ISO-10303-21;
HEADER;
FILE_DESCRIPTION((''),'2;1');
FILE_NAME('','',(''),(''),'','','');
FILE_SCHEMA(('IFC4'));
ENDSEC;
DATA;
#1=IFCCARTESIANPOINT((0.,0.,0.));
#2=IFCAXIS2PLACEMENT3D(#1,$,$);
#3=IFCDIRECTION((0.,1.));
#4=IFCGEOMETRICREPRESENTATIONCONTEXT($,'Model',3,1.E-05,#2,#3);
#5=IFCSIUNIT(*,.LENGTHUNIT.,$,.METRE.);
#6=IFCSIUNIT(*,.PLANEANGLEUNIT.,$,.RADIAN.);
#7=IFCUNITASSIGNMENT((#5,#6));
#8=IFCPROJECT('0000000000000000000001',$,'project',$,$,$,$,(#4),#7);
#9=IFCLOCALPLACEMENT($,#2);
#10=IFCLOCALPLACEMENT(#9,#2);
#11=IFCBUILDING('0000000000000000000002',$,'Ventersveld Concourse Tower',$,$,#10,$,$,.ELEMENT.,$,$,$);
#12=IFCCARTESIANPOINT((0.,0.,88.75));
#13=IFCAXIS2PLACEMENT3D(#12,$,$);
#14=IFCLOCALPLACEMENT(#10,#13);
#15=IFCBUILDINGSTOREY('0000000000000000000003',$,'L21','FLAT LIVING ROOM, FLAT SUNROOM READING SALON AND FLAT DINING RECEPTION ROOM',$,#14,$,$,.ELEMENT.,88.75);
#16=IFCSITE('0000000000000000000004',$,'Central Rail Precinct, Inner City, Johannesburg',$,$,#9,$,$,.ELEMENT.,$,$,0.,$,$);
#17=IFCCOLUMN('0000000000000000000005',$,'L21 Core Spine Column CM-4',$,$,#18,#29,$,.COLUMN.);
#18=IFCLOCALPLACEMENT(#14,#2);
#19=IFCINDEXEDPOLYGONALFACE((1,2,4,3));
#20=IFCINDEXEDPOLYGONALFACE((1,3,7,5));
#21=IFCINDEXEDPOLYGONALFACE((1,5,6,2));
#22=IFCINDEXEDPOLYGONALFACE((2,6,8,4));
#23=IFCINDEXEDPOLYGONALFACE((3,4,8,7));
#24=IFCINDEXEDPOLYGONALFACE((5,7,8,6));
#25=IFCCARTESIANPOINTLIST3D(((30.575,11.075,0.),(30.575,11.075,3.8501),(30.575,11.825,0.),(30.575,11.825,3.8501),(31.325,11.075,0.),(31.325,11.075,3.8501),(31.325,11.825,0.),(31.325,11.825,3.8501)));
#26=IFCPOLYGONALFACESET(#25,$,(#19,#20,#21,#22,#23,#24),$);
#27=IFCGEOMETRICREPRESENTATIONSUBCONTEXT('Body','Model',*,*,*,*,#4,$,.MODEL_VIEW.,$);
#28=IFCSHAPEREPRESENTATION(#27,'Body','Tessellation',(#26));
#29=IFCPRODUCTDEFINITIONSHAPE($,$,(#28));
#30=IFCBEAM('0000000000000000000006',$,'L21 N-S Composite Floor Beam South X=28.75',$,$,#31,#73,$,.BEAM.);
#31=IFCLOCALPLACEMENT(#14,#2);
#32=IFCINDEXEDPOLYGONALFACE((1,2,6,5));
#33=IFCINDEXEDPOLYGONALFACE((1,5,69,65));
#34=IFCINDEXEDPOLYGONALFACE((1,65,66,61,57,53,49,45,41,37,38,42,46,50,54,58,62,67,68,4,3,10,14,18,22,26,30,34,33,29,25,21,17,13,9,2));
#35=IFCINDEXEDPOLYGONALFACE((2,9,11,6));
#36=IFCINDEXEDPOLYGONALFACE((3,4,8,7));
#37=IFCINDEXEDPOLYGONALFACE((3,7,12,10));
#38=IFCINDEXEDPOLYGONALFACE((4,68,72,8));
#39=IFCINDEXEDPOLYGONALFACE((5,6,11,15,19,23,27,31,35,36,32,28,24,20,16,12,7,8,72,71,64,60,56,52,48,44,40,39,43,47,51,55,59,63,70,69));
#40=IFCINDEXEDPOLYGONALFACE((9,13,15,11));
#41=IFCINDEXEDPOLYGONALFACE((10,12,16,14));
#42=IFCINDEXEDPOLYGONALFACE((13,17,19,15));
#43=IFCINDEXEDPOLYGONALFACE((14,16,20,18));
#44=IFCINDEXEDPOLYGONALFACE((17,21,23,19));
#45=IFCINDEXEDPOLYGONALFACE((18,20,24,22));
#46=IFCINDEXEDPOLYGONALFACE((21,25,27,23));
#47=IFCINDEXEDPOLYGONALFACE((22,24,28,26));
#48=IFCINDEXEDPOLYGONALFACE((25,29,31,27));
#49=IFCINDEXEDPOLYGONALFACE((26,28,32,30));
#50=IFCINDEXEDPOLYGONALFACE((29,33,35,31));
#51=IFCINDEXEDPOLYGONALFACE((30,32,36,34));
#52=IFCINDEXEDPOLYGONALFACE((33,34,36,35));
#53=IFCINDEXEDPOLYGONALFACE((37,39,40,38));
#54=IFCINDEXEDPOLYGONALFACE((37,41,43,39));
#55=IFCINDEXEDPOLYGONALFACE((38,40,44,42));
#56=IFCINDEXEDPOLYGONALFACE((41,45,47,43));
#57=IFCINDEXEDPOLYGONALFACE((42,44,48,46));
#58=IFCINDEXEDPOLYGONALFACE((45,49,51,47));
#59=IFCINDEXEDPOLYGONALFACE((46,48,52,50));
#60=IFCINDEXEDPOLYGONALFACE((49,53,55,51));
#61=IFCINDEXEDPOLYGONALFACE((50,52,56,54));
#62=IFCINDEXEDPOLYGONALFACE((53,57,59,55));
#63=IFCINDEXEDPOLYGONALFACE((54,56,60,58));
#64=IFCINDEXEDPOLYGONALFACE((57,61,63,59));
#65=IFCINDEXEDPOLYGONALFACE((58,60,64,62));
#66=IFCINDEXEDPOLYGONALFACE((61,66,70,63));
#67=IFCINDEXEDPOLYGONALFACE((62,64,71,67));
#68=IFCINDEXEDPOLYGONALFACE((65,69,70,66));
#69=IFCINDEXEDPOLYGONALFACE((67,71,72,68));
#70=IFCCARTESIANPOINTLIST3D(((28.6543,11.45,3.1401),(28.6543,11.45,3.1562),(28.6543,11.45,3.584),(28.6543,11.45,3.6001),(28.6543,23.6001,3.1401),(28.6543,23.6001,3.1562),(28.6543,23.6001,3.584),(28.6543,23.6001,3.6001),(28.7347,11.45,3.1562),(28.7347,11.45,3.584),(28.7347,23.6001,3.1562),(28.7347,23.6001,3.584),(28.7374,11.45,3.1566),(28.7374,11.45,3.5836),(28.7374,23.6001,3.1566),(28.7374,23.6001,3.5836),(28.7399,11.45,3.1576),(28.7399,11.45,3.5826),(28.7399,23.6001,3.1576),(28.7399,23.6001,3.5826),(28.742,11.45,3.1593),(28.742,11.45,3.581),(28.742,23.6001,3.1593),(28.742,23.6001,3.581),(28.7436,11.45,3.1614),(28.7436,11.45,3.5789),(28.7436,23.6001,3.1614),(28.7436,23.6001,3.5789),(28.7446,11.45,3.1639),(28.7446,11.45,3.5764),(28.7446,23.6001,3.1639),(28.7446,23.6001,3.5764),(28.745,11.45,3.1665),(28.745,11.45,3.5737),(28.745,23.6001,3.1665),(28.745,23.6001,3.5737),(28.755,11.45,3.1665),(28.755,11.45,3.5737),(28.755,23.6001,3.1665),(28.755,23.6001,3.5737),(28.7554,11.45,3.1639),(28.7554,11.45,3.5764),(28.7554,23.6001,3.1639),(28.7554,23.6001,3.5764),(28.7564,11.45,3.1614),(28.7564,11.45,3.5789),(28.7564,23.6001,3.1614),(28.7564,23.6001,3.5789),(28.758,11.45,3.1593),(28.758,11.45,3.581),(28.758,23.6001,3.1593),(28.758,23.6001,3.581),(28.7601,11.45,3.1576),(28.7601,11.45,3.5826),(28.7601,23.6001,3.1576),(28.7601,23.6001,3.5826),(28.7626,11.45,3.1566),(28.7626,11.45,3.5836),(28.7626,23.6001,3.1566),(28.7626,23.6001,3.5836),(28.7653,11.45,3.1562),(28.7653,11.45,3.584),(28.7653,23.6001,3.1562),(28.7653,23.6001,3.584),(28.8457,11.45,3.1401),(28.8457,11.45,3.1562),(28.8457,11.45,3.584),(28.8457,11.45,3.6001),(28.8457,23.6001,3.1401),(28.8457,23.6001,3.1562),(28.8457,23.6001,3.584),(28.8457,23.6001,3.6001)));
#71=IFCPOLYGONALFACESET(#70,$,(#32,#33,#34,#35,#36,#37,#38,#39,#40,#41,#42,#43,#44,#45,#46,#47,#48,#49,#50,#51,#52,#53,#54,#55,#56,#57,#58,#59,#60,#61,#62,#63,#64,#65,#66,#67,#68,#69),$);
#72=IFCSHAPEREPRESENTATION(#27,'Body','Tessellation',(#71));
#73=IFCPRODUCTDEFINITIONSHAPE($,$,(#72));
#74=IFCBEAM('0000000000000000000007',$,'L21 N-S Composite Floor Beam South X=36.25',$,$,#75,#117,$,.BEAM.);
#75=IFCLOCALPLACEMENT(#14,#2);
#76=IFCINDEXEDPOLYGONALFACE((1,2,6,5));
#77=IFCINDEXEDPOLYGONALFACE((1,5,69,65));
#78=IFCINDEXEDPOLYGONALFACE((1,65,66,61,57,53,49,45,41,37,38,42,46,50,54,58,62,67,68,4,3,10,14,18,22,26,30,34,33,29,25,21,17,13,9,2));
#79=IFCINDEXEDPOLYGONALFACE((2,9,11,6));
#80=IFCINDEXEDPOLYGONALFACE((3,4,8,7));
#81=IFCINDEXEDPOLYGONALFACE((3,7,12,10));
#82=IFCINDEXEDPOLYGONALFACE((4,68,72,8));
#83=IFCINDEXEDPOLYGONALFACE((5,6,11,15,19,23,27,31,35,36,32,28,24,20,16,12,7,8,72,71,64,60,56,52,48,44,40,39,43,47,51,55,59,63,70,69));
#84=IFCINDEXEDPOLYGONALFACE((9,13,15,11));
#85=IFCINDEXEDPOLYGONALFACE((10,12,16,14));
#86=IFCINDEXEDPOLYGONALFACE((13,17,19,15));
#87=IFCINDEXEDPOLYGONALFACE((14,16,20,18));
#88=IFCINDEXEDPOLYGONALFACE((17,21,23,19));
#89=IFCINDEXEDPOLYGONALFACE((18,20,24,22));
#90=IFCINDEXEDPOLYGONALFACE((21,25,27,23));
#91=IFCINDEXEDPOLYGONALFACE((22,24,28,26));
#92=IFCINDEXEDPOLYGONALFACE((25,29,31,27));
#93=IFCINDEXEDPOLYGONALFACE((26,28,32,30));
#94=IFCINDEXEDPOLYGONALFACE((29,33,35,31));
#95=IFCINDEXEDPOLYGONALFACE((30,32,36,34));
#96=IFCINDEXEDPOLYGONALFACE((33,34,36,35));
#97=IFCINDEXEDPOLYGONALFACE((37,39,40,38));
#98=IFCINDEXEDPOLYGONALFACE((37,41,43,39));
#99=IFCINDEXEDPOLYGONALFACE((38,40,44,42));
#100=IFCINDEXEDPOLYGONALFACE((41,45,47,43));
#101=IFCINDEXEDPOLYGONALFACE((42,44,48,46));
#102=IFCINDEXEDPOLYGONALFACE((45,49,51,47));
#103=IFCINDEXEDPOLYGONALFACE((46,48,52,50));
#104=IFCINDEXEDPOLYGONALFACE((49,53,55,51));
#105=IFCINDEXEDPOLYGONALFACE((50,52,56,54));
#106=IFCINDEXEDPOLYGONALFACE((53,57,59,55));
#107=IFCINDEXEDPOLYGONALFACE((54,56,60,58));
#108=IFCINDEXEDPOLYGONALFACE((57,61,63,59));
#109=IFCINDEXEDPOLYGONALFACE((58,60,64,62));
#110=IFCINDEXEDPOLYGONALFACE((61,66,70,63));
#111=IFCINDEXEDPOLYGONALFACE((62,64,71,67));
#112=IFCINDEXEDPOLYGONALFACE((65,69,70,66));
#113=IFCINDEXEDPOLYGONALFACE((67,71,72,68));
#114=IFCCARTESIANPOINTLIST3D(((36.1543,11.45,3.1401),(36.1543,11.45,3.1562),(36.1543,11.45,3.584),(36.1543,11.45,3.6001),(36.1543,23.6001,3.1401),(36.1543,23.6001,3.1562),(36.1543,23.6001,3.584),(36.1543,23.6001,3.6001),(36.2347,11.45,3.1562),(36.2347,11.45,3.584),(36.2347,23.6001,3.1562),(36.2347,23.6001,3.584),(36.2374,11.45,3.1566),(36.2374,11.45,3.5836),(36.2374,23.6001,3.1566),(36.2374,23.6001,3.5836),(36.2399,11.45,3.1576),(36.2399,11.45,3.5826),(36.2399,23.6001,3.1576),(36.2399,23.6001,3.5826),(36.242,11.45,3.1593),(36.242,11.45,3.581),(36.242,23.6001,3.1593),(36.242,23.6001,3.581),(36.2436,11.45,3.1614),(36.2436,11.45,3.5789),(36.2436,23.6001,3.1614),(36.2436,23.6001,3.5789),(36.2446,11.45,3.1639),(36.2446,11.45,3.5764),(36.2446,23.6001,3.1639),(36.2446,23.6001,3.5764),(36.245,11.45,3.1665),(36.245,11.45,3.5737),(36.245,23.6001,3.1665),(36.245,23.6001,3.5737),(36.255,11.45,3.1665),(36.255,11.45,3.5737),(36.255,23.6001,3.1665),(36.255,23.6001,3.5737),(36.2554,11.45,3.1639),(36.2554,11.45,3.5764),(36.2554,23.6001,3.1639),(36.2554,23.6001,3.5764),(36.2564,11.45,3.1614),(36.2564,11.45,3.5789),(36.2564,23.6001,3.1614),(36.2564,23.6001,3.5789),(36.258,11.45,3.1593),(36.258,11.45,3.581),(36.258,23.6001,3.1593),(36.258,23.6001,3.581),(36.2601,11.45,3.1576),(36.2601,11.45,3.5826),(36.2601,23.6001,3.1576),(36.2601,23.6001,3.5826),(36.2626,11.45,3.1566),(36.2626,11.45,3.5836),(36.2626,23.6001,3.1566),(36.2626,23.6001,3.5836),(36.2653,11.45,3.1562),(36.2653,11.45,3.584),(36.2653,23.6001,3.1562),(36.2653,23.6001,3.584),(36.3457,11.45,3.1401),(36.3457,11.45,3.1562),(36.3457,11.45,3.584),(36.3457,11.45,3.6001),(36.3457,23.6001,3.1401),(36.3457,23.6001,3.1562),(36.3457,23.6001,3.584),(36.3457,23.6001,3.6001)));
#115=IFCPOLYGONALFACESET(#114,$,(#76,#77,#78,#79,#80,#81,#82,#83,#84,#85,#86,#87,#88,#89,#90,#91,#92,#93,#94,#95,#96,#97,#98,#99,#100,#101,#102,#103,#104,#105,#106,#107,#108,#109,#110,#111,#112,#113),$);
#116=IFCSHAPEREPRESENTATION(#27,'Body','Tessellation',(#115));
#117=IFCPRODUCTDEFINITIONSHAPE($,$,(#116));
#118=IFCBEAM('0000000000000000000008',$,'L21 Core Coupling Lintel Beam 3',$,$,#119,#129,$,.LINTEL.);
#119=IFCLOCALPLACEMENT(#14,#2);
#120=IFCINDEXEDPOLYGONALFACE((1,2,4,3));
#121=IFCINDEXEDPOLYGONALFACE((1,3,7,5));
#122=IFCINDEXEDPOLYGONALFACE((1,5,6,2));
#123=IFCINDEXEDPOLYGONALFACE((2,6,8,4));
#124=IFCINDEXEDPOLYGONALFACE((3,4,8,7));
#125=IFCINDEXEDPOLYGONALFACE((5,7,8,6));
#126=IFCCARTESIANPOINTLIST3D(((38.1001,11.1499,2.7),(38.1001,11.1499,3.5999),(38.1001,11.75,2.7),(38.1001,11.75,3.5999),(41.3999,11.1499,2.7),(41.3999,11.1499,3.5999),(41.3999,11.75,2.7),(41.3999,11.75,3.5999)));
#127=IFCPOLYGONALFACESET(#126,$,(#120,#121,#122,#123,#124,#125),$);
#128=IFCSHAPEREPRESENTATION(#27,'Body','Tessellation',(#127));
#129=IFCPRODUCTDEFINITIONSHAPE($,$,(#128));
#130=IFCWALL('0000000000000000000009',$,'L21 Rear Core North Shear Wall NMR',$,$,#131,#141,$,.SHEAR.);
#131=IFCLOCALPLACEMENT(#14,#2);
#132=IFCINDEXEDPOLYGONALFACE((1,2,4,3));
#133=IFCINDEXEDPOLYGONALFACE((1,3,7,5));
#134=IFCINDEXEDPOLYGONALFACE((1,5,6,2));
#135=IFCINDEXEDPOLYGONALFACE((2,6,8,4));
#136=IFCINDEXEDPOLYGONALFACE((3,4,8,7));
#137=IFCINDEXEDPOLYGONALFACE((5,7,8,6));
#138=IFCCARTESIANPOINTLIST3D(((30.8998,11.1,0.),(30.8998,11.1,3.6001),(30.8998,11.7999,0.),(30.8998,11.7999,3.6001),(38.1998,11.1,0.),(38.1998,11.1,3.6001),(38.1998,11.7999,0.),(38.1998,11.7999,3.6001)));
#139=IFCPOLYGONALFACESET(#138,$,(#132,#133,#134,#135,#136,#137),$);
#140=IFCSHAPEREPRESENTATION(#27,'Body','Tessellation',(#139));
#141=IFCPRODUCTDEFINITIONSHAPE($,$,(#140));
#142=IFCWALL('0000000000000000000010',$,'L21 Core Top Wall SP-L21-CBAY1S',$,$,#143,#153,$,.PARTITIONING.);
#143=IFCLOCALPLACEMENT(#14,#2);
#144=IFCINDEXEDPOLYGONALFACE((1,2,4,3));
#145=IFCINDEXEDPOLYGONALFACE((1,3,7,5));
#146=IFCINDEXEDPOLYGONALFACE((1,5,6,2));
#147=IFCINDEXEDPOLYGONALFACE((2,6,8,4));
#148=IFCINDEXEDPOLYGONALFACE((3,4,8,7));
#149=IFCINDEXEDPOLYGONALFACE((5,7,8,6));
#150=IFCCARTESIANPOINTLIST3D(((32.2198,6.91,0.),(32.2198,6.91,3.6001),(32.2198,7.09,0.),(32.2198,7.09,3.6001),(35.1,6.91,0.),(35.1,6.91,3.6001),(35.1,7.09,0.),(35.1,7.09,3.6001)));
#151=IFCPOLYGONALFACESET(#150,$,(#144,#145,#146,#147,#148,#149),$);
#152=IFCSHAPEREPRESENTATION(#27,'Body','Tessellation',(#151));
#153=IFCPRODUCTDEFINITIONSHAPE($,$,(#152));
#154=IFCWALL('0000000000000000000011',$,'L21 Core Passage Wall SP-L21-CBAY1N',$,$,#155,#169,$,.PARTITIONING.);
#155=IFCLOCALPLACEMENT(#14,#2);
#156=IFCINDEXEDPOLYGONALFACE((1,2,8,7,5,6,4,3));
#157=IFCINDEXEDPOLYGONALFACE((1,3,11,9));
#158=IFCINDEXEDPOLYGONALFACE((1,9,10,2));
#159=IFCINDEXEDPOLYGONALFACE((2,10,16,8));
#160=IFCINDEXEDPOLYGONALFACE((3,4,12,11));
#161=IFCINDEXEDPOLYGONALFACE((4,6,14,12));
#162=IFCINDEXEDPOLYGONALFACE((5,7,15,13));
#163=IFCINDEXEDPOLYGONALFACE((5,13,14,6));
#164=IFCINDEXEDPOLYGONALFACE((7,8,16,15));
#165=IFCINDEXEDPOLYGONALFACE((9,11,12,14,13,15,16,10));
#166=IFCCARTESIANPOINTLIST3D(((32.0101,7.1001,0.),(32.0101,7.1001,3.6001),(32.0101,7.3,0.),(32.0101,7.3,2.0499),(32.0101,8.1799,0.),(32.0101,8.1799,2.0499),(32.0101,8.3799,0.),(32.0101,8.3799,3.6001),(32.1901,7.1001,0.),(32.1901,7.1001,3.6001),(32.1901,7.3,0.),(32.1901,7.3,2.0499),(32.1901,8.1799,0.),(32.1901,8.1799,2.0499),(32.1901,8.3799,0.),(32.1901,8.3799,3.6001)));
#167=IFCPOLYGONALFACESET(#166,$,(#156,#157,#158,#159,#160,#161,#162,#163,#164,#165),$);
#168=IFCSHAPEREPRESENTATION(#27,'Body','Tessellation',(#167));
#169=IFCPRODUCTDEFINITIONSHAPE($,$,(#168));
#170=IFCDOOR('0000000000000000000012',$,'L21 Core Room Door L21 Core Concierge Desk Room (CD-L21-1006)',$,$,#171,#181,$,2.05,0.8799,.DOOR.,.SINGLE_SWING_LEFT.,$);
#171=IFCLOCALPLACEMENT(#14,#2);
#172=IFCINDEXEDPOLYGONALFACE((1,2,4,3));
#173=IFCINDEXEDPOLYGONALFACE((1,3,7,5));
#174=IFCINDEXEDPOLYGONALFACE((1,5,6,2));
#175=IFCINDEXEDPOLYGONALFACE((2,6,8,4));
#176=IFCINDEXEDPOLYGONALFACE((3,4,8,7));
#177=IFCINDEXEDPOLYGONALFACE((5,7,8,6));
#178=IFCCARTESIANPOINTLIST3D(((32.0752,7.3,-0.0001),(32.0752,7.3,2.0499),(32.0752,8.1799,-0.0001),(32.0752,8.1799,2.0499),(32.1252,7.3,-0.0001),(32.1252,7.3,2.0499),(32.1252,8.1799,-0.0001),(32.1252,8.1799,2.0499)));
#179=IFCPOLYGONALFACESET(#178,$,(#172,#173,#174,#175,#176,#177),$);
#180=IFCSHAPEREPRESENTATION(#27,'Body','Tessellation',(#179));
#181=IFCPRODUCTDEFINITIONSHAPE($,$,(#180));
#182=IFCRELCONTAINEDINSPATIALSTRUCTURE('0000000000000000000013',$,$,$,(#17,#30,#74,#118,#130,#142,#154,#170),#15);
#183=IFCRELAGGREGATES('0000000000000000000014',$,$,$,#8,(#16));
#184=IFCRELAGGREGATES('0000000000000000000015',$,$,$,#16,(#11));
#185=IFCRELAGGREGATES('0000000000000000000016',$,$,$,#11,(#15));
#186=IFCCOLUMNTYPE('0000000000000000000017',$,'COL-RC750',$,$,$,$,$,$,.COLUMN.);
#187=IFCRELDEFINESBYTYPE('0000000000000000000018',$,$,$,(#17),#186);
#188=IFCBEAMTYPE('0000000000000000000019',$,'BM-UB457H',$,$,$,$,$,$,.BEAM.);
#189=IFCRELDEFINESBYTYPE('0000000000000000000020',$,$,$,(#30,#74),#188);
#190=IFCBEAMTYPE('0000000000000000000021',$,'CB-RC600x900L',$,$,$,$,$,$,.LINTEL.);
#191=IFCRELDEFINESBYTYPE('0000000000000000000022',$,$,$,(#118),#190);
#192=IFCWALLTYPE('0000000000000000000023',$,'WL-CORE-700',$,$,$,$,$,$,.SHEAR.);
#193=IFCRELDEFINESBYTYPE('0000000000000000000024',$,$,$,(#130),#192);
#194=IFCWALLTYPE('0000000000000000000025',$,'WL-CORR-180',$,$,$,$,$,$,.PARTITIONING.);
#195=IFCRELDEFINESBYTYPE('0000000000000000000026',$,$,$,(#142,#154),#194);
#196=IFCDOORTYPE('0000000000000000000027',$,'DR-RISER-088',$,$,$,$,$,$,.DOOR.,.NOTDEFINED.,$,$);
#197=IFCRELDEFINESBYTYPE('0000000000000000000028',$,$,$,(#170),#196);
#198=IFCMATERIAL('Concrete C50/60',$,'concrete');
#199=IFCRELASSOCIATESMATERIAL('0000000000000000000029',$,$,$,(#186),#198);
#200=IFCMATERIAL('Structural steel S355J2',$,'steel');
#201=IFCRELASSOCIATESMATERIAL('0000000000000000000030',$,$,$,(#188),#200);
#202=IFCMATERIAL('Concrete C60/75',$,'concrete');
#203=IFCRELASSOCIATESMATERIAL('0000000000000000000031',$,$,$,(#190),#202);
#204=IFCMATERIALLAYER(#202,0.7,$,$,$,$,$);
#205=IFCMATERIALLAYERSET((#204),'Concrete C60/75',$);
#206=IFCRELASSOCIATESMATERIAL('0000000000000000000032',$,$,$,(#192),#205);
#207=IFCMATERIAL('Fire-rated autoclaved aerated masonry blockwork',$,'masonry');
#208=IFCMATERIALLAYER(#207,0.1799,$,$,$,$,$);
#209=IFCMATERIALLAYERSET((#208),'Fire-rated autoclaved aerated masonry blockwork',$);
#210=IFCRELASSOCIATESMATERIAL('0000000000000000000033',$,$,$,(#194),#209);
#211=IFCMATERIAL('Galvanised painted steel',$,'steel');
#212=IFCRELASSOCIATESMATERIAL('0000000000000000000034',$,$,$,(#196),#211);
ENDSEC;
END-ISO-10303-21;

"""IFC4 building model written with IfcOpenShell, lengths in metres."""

from ifc_helpers import new_model, si_unit, direction, frame, frame_2d, origin, origin_2d, place, context, subcontext, project, spatial, rectangle, i_section, extrude, material, layer, layer_set, material_profile, profile_set, type_object, element, fill, save


model = new_model("IFC4")

# Units and contexts
model_context = context("Model", 3, precision=1e-05, world=origin(), true_north=direction((0.0, 1.0)))
body_context = subcontext(model_context, "Body", "Model", "MODEL_VIEW")
ifc_project = project(units=[si_unit("LENGTHUNIT", "METRE"), si_unit("PLANEANGLEUNIT", "RADIAN")], contexts=[model_context])

# Site, building, storey
site_placement = place(None, origin())
site = spatial("IfcSite", under=ifc_project, at=site_placement, Name="Central Rail Precinct, Inner City, Johannesburg", CompositionType="ELEMENT", RefElevation=0.0)
building_placement = place(site_placement, origin())
building = spatial("IfcBuilding", under=site, at=building_placement, Name="Ventersveld Concourse Tower", CompositionType="ELEMENT")
storey_placement = place(building_placement, frame((0.0, 0.0, 88.75)))
storey = spatial("IfcBuildingStorey", under=building, at=storey_placement, Name="L21", Description="FLAT LIVING ROOM, FLAT SUNROOM READING SALON AND FLAT DINING RECEPTION ROOM", CompositionType="ELEMENT", Elevation=88.75)

# Column
ifc_material_1 = material(Name="Concrete C50/60", Category="concrete")
ifc_material_profile_1 = material_profile(ifc_material_1, rectangle(XDim=0.75, YDim=0.75, at=origin_2d()), Name="RC 750x750")
ifc_profile_set_1 = profile_set([ifc_material_profile_1], Name="Concrete C50/60")
column_type = type_object("IfcColumnType", Name="COL-RC750", PredefinedType="COLUMN", material=ifc_profile_set_1)
column_placement = place(storey_placement, frame((30.95, 11.45, 0.0), z_axis=(0.0, 0.0, 1.0), x_axis=(1.0, 0.0, 0.0)))
element("IfcColumn", 1, at=column_placement, inside=storey, type_object=column_type, Name="L21 Core Spine Column CM-4", PredefinedType="COLUMN", context=body_context, shape_type="SweptSolid", body=[
    extrude(rectangle(XDim=0.75, YDim=0.75, at=origin_2d()), origin(), (0.0, 0.0, 1.0), 3.8501),
])

# Beams
ifc_material_2 = material(Name="Structural steel S355J2", Category="steel")
ifc_material_profile_2 = material_profile(ifc_material_2, i_section(OverallWidth=0.1914, OverallDepth=0.46, WebThickness=0.01, FlangeThickness=0.0161, FilletRadius=0.0103, at=origin_2d()), Name="UB 457x191x82")
ifc_profile_set_2 = profile_set([ifc_material_profile_2], Name="Structural steel S355J2")
beam_type_1 = type_object("IfcBeamType", Name="BM-UB457H", PredefinedType="BEAM", material=ifc_profile_set_2)
for number, where, z_axis, x_axis, name in (
    (2, (28.75, 11.45, 3.3701), (0.0, 1.0, 0.0), (-1.0, 0.0, 0.0), "L21 N-S Composite Floor Beam South X=28.75"),
    (3, (36.25, 11.45, 3.3701), (0.0, 1.0, 0.0), (-1.0, 0.0, 0.0), "L21 N-S Composite Floor Beam South X=36.25"),
):
    element("IfcBeam", number, at=place(storey_placement, frame(where, z_axis=z_axis, x_axis=x_axis)), inside=storey, type_object=beam_type_1, Name=name, PredefinedType="BEAM", context=body_context, shape_type="SweptSolid", body=[
        extrude(i_section(OverallWidth=0.1914, OverallDepth=0.46, WebThickness=0.01, FlangeThickness=0.0161, FilletRadius=0.0103, at=origin_2d()), origin(), (0.0, 0.0, 1.0), 12.1501),
    ])
ifc_material_3 = material(Name="Concrete C60/75", Category="concrete")
ifc_material_profile_3 = material_profile(ifc_material_3, rectangle(XDim=0.6001, YDim=0.8999, at=origin_2d()), Name="RC 600x900")
ifc_profile_set_3 = profile_set([ifc_material_profile_3], Name="Concrete C60/75")
beam_type_2 = type_object("IfcBeamType", Name="CB-RC600x900L", PredefinedType="LINTEL", material=ifc_profile_set_3)
beam_placement = place(storey_placement, frame((38.1001, 11.45, 3.1499), z_axis=(1.0, 0.0, 0.0), x_axis=(0.0, 1.0, 0.0)))
element("IfcBeam", 4, at=beam_placement, inside=storey, type_object=beam_type_2, Name="L21 Core Coupling Lintel Beam 3", PredefinedType="LINTEL", context=body_context, shape_type="SweptSolid", body=[
    extrude(rectangle(XDim=0.6001, YDim=0.8999, at=origin_2d()), origin(), (0.0, 0.0, 1.0), 3.2998),
])

# Walls
ifc_layer_1 = layer(ifc_material_3, 0.7)
ifc_layer_set_1 = layer_set([ifc_layer_1], Name="Concrete C60/75")
wall_type_1 = type_object("IfcWallType", Name="WL-CORE-700", PredefinedType="SHEAR", material=ifc_layer_set_1)
wall_1_placement = place(storey_placement, frame((30.8999, 11.45, 0.0), z_axis=(0.0, 0.0, 1.0), x_axis=(1.0, 0.0, 0.0)))
element("IfcWall", 5, at=wall_1_placement, inside=storey, type_object=wall_type_1, Name="L21 Rear Core North Shear Wall NMR", PredefinedType="SHEAR", context=body_context, shape_type="SweptSolid", body=[
    extrude(rectangle(XDim=7.3, YDim=0.7, at=frame_2d((3.6499, 0.0))), origin(), (0.0, 0.0, 1.0), 3.6001),
])
ifc_material_4 = material(Name="Fire-rated autoclaved aerated masonry blockwork", Category="masonry")
ifc_layer_2 = layer(ifc_material_4, 0.1799)
ifc_layer_set_2 = layer_set([ifc_layer_2], Name="Fire-rated autoclaved aerated masonry blockwork")
wall_type_2 = type_object("IfcWallType", Name="WL-CORR-180", PredefinedType="PARTITIONING", material=ifc_layer_set_2)
wall_2_placement = place(storey_placement, frame((32.22, 7.0, 0.0), z_axis=(0.0, 0.0, 1.0), x_axis=(1.0, 0.0, 0.0)))
element("IfcWall", 6, at=wall_2_placement, inside=storey, type_object=wall_type_2, Name="L21 Core Top Wall SP-L21-CBAY1S", PredefinedType="PARTITIONING", context=body_context, shape_type="SweptSolid", body=[
    extrude(rectangle(XDim=2.8801, YDim=0.1799, at=frame_2d((1.4399, 0.0))), origin(), (0.0, 0.0, 1.0), 3.6001),
])

# Wall, opening, door
wall_3_placement = place(storey_placement, frame((32.1001, 7.1001, 0.0), z_axis=(0.0, 0.0, 1.0), x_axis=(0.0, 1.0, 0.0)))
wall_3 = element("IfcWall", 7, at=wall_3_placement, inside=storey, type_object=wall_type_2, Name="L21 Core Passage Wall SP-L21-CBAY1N", PredefinedType="PARTITIONING", context=body_context, shape_type="SweptSolid", body=[
    extrude(rectangle(XDim=1.2798, YDim=0.1799, at=frame_2d((0.6399, 0.0))), origin(), (0.0, 0.0, 1.0), 3.6001),
])
opening_1_placement = place(wall_3_placement, frame((0.2, 0.0, 0.0)))
opening_1 = element("IfcOpeningElement", 8, at=opening_1_placement, cuts=wall_3, PredefinedType="OPENING", context=body_context, shape_type="SweptSolid", body=[
    extrude(rectangle(XDim=0.8799, YDim=2.05, at=frame_2d((0.4399, 1.0249))), frame((0.0, 0.1001, 0.0), z_axis=(0.0, -1.0, 0.0), x_axis=(1.0, 0.0, 0.0)), (0.0, 0.0, 1.0), 0.2),
])
ifc_material_5 = material(Name="Galvanised painted steel", Category="steel")
door_type_1 = type_object("IfcDoorType", Name="DR-RISER-088", OperationType="NOTDEFINED", PredefinedType="DOOR", material=ifc_material_5)
door_1_placement = place(opening_1_placement, origin())
door_1 = element("IfcDoor", 9, at=door_1_placement, inside=storey, type_object=door_type_1, Name="L21 Core Room Door L21 Core Concierge Desk Room (CD-L21-1006)", OperationType="SINGLE_SWING_LEFT", OverallHeight=2.05, OverallWidth=0.8799, PredefinedType="DOOR", context=body_context, shape_type="SweptSolid", body=[
    extrude(rectangle(XDim=0.8799, YDim=2.05, at=frame_2d((0.4399, 1.0249))), frame((0.0, 0.0249, 0.0), z_axis=(0.0, -1.0, 0.0), x_axis=(1.0, 0.0, 0.0)), (0.0, 0.0, 1.0), 0.05),
])
fill(opening_1, door_1)

save(model, "model.ifc")
